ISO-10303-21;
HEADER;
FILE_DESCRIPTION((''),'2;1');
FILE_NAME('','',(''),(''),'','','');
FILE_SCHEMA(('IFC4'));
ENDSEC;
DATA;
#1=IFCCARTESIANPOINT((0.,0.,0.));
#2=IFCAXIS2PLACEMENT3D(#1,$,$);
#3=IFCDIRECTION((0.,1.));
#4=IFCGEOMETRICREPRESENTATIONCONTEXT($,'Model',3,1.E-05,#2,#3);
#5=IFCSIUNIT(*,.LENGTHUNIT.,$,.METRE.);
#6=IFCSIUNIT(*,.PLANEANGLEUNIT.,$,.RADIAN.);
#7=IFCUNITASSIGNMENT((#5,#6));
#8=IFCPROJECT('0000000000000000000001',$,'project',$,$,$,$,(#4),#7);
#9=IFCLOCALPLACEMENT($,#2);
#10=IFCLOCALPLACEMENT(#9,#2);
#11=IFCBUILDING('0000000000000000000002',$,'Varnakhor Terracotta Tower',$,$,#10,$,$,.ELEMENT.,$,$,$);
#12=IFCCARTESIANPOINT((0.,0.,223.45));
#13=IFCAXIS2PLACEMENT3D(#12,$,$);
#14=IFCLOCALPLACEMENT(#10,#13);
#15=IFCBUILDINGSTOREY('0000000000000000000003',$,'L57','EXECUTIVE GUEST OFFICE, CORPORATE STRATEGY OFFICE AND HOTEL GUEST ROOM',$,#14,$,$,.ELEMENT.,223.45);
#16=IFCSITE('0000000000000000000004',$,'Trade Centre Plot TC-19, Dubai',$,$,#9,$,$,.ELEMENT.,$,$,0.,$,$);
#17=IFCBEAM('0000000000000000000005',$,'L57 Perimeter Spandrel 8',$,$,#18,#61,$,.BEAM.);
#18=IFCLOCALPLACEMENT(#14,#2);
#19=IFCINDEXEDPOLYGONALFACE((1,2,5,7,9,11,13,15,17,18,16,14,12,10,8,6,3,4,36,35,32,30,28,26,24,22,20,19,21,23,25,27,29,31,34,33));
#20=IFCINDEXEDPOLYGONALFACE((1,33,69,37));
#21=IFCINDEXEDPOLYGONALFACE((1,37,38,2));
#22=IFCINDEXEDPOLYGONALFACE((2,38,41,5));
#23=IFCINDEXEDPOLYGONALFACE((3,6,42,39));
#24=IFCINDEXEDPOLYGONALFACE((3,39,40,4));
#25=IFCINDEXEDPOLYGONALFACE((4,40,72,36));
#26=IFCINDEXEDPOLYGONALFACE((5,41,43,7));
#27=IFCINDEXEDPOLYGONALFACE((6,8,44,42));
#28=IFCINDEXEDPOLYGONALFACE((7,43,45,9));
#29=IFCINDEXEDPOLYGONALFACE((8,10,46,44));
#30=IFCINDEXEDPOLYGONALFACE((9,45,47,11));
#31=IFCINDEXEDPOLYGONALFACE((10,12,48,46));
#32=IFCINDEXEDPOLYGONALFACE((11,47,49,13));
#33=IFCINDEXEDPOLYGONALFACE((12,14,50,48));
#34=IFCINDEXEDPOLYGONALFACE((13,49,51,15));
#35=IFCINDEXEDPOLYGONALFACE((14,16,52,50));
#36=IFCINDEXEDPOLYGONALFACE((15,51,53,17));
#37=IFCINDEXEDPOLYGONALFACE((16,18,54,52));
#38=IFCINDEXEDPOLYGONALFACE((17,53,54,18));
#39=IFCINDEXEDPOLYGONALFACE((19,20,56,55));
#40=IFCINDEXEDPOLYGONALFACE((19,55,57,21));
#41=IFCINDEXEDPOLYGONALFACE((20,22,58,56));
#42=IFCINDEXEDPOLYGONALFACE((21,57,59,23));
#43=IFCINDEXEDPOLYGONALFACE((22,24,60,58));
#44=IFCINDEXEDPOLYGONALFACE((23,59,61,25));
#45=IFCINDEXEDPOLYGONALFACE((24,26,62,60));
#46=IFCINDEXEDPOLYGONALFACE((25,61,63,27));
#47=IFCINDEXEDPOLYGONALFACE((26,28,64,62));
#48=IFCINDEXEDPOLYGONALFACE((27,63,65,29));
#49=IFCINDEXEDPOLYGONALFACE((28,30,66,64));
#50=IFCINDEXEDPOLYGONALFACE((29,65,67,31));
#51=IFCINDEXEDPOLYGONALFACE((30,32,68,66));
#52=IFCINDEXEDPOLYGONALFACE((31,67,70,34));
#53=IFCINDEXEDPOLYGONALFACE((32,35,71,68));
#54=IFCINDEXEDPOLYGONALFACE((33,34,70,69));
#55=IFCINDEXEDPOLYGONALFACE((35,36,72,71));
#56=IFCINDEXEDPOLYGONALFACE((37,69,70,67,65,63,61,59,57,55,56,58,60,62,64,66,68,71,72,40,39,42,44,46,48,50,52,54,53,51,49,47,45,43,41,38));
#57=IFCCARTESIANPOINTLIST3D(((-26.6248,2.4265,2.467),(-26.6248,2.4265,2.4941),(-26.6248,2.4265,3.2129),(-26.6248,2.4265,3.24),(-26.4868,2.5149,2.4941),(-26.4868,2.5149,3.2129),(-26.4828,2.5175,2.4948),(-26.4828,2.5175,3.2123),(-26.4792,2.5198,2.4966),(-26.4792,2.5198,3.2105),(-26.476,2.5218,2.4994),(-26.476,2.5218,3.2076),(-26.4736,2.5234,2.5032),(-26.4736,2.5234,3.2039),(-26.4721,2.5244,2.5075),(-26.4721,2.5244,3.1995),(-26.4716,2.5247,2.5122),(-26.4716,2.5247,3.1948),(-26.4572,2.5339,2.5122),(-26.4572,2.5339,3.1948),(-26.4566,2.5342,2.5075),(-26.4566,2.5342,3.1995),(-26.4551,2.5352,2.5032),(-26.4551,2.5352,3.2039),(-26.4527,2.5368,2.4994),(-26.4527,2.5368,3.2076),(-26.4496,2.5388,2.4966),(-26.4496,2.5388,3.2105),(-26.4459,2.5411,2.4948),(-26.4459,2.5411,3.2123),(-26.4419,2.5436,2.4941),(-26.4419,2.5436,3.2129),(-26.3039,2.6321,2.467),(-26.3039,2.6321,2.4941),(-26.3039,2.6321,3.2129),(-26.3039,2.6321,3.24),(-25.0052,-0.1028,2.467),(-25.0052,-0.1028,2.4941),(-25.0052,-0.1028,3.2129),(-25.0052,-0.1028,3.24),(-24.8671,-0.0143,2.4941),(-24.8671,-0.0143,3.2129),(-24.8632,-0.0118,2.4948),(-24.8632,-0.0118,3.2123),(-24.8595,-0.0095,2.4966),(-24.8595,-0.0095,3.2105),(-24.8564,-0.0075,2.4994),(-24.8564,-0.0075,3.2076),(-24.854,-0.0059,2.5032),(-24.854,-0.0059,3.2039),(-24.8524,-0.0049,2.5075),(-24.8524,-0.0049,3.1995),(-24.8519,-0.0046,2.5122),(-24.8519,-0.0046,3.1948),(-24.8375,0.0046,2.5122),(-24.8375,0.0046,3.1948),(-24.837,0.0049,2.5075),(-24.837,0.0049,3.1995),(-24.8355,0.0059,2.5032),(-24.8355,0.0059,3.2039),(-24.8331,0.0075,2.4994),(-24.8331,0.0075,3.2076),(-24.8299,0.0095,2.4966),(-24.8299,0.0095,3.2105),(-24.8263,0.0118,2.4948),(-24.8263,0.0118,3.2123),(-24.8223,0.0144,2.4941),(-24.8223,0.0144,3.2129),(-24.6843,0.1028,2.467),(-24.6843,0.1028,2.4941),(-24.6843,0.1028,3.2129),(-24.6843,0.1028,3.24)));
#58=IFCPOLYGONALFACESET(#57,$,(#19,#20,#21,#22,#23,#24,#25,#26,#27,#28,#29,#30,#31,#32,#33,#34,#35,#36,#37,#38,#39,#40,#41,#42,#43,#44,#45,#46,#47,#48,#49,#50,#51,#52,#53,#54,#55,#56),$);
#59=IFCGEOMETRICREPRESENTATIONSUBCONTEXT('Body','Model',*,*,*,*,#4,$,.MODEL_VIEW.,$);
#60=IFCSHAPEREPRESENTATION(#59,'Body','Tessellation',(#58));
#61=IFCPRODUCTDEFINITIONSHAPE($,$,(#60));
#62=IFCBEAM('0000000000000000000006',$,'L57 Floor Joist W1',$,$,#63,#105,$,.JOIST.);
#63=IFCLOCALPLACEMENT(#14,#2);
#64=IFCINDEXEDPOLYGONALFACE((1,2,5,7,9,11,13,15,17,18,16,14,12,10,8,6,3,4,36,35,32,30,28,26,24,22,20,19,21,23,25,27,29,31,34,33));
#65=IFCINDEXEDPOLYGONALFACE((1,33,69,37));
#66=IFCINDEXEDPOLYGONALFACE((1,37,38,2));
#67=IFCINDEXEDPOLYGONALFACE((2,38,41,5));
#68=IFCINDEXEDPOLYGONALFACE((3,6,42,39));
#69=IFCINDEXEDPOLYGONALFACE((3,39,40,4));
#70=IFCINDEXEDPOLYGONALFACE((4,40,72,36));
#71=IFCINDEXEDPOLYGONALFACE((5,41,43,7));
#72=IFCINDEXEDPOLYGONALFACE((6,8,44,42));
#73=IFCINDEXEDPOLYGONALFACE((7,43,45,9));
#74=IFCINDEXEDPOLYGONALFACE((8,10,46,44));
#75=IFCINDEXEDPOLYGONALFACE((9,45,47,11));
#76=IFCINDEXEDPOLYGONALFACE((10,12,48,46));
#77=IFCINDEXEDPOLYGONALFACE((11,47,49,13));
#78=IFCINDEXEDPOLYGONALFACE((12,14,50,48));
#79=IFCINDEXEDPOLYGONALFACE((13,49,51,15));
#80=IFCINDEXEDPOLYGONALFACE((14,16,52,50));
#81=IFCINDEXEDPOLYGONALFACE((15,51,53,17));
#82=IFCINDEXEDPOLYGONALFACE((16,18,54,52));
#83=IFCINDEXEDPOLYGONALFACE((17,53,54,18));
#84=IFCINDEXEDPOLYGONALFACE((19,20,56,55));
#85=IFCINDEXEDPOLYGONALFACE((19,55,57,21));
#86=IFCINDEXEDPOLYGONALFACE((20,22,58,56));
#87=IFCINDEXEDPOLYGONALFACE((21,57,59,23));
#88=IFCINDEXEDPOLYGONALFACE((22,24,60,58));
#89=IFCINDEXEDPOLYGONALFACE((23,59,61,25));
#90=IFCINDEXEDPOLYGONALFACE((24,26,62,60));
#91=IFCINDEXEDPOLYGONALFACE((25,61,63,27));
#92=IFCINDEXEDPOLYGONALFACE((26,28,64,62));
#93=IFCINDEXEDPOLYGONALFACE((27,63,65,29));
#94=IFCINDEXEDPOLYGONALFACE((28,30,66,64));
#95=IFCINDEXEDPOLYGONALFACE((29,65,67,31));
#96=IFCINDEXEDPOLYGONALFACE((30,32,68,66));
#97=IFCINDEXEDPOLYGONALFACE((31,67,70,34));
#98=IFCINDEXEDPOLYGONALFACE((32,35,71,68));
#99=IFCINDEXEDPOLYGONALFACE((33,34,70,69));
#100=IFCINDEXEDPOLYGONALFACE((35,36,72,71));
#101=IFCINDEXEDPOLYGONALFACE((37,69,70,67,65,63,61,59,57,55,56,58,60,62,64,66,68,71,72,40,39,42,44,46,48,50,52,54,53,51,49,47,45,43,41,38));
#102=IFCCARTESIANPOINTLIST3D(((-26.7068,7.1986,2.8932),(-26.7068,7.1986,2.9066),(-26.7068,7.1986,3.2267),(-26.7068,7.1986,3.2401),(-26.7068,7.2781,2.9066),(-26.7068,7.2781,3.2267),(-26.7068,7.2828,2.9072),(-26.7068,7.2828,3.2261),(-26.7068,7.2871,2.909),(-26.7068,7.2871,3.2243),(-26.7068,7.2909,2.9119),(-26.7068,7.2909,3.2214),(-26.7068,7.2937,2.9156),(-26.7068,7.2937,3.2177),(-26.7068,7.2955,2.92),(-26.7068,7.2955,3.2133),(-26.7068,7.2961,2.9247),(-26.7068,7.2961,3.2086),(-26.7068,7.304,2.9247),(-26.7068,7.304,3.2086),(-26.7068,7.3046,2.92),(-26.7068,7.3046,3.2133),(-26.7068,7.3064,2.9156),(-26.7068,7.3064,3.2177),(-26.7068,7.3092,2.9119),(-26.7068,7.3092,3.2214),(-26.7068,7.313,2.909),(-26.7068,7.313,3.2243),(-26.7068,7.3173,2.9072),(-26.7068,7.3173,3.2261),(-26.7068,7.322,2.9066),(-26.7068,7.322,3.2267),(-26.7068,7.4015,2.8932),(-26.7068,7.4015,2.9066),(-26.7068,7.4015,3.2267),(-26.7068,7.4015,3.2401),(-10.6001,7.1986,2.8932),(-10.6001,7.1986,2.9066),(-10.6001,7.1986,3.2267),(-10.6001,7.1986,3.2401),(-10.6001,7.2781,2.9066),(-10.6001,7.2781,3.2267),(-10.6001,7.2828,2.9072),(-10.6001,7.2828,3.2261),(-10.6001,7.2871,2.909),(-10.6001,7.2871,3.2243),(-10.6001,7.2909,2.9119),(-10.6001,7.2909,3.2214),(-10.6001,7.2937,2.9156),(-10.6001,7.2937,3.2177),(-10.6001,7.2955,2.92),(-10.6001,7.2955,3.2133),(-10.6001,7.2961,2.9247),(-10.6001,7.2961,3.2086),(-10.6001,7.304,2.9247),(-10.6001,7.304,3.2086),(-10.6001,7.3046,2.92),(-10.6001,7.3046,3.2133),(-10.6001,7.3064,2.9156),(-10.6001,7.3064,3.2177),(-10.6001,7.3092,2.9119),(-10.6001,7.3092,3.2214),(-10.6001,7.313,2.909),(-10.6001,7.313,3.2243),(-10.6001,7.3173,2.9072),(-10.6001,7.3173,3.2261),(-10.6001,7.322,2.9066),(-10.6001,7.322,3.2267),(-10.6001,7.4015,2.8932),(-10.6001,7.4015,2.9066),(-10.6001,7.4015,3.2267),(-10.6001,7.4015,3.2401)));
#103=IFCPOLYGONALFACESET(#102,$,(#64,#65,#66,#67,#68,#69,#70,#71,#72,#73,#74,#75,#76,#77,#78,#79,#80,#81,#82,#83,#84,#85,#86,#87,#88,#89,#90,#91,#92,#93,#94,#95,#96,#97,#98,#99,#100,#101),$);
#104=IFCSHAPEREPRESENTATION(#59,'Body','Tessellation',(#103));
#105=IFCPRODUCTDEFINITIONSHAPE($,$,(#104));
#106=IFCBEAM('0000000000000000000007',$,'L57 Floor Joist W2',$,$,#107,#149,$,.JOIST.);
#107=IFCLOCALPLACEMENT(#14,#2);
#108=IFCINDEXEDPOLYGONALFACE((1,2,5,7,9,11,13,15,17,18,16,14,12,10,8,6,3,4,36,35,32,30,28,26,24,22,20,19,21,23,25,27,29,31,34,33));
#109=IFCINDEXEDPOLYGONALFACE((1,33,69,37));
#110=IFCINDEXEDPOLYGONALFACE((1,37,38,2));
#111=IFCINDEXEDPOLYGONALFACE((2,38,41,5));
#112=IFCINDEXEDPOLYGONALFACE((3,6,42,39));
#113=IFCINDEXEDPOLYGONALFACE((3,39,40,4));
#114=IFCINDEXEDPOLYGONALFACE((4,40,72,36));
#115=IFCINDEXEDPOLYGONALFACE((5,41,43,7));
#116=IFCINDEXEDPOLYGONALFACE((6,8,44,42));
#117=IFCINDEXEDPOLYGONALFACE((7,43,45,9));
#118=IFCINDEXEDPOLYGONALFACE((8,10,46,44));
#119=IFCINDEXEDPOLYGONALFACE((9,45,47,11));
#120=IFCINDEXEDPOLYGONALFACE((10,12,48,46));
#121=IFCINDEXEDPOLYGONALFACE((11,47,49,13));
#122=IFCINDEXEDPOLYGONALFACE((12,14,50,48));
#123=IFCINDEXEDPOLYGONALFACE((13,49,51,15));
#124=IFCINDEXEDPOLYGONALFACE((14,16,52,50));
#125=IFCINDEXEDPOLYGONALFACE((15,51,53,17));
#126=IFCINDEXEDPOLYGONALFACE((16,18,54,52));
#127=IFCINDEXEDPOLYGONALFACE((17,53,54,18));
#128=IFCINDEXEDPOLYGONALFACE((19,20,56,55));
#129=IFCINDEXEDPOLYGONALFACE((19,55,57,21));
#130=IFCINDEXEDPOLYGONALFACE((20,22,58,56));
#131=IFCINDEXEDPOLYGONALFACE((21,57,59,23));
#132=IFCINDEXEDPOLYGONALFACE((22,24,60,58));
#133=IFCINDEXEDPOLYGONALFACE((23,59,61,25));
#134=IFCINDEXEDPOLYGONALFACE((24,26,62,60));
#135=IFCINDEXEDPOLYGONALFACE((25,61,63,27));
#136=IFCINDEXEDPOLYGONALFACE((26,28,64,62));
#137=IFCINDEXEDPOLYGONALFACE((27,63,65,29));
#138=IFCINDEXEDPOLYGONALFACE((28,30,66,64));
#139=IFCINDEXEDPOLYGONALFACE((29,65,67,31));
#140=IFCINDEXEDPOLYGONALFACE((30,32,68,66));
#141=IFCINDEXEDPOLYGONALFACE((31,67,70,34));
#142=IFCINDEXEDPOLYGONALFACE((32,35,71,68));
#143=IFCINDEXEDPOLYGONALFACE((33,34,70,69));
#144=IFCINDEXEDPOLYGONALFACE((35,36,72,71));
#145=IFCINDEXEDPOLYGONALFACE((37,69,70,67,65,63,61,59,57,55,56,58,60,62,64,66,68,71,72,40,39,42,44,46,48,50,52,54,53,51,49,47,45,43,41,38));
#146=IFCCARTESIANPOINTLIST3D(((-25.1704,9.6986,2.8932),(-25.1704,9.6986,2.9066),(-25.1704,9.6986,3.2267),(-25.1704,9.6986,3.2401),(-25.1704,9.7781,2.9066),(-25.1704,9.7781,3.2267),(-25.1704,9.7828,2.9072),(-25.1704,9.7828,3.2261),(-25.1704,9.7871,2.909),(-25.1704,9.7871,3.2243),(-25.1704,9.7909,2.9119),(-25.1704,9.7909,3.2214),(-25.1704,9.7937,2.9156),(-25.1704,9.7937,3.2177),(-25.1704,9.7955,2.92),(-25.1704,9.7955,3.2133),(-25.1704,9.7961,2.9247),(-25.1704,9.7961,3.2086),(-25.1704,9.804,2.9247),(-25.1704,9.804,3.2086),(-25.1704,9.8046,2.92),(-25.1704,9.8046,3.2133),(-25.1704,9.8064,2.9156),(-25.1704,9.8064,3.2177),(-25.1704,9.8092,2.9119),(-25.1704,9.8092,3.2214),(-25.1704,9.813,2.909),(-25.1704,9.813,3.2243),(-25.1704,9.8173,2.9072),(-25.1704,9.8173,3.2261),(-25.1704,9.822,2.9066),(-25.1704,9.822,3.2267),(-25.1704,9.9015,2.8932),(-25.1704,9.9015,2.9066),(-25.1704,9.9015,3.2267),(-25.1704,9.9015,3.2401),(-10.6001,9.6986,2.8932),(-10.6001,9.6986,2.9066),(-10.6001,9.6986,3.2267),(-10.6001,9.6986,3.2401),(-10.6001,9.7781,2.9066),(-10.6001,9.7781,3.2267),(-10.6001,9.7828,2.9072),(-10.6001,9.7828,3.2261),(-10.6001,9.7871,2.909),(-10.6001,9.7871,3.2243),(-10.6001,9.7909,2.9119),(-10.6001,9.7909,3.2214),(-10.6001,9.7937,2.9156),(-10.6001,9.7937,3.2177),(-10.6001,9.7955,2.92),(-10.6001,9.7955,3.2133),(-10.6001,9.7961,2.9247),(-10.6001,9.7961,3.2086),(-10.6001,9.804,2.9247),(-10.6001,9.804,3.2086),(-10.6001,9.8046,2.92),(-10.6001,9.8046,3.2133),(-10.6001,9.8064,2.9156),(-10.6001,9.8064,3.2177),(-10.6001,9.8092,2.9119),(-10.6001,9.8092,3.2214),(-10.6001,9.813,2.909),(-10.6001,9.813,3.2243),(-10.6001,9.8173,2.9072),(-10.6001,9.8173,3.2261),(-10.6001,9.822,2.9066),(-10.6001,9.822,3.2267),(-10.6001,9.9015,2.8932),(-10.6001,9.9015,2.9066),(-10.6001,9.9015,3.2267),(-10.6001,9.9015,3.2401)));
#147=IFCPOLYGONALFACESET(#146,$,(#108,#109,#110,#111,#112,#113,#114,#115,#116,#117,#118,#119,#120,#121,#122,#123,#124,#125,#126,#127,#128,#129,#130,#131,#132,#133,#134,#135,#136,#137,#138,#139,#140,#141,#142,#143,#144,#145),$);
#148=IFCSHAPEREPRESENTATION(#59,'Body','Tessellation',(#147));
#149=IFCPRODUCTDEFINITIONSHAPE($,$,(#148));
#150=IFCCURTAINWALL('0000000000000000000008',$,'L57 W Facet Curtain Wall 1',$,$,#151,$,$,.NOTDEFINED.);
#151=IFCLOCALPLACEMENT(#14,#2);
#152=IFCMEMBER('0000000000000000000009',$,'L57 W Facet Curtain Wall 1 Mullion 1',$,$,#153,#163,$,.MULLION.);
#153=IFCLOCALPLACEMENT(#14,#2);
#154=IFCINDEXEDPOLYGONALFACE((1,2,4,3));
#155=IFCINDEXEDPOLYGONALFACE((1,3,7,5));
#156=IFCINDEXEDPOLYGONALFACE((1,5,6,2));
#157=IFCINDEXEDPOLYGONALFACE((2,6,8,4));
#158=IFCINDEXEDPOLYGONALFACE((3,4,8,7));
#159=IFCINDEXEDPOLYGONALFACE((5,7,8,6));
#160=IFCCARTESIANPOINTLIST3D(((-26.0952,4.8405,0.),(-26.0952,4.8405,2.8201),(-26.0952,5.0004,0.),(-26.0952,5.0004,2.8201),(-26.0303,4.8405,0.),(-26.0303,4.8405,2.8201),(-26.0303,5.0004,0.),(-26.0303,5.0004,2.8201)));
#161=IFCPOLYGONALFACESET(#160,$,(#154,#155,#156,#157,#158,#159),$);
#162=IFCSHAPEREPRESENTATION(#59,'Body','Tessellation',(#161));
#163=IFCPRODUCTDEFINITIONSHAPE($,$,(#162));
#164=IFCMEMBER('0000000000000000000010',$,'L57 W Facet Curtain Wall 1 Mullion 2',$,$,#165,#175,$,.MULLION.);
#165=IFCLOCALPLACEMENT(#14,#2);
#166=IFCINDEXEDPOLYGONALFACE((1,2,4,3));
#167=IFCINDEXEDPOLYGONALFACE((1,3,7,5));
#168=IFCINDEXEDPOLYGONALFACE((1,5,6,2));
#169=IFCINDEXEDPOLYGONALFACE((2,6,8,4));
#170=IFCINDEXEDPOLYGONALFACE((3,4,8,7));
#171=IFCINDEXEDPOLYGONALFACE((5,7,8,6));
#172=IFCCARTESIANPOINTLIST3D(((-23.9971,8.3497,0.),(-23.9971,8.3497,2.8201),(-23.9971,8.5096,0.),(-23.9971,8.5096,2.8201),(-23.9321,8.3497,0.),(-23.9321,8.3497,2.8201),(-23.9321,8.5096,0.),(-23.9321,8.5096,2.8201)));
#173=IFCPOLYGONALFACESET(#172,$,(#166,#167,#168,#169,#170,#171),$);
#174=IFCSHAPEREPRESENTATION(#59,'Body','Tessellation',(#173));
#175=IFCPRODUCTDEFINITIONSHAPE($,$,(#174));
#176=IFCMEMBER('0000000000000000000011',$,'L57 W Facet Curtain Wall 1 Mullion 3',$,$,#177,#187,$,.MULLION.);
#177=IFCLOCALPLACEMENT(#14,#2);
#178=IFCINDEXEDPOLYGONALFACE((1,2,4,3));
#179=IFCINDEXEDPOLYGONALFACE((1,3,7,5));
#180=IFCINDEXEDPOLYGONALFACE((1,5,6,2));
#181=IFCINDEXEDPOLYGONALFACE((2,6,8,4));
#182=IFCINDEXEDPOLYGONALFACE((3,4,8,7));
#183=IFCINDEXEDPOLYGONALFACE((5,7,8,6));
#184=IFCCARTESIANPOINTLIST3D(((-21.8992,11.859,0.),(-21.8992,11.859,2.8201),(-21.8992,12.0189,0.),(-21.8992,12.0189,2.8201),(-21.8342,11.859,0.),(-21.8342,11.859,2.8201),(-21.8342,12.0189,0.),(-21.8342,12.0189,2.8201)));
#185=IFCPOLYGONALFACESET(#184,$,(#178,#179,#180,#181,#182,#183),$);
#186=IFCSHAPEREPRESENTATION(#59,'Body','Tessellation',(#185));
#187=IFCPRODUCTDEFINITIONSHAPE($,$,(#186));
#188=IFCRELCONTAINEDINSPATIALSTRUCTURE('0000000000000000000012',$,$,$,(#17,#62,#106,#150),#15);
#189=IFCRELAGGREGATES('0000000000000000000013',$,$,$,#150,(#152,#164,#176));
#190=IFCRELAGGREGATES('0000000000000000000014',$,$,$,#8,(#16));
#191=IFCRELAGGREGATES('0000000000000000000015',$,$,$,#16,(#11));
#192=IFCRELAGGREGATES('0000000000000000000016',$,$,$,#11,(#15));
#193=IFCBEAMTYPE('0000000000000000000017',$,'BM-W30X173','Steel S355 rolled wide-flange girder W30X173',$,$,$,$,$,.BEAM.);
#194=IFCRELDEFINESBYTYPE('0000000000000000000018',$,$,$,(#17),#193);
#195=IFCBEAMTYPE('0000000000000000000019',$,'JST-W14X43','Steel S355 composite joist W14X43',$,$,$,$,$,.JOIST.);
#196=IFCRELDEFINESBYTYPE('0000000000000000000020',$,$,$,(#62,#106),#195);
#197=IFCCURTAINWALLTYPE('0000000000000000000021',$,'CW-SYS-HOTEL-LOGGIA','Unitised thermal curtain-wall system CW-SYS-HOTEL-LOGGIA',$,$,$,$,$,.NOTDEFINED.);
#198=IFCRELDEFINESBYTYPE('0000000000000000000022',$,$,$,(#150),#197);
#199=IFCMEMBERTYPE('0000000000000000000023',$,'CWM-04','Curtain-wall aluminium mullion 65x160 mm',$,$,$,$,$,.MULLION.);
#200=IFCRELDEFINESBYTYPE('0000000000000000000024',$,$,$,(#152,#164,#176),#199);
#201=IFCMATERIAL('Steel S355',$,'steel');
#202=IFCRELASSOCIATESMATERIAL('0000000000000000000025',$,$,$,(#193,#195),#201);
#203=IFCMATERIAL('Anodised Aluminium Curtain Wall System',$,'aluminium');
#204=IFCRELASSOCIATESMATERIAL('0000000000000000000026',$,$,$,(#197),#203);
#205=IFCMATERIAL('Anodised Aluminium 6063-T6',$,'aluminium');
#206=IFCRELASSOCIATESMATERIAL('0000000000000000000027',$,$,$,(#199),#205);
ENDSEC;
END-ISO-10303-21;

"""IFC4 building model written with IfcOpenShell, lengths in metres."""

from ifc_helpers import new_model, si_unit, direction, frame, origin, origin_2d, place, context, subcontext, project, spatial, rectangle, i_section, extrude, source, transform, mapped, material, material_profile, profile_set, type_object, type_shapes, element, aggregate, save


model = new_model("IFC4")

# Units and contexts
model_context = context("Model", 3, precision=1e-05, world=origin(), true_north=direction((0.0, 1.0)))
body_context = subcontext(model_context, "Body", "Model", "MODEL_VIEW")
ifc_project = project(units=[si_unit("LENGTHUNIT", "METRE"), si_unit("PLANEANGLEUNIT", "RADIAN")], contexts=[model_context])

# Site, building, storey
site_placement = place(None, origin())
site = spatial("IfcSite", under=ifc_project, at=site_placement, Name="Trade Centre Plot TC-19, Dubai", CompositionType="ELEMENT", RefElevation=0.0)
building_placement = place(site_placement, origin())
building = spatial("IfcBuilding", under=site, at=building_placement, Name="Varnakhor Terracotta Tower", CompositionType="ELEMENT")
storey_placement = place(building_placement, frame((0.0, 0.0, 223.45)))
storey = spatial("IfcBuildingStorey", under=building, at=storey_placement, Name="L57", Description="EXECUTIVE GUEST OFFICE, CORPORATE STRATEGY OFFICE AND HOTEL GUEST ROOM", CompositionType="ELEMENT", Elevation=223.45)

# Beams
ifc_material_1 = material(Name="Steel S355", Category="steel")
ifc_material_profile_1 = material_profile(ifc_material_1, i_section(OverallWidth=0.3811, OverallDepth=0.7729, WebThickness=0.0171, FlangeThickness=0.0271, FilletRadius=0.0181, at=origin_2d()), Name="W30X173")
ifc_profile_set_1 = profile_set([ifc_material_profile_1], Name="Steel S355")
beam_type_1 = type_object("IfcBeamType", Name="BM-W30X173", Description="Steel S355 rolled wide-flange girder W30X173", PredefinedType="BEAM", material=ifc_profile_set_1)
shared_shape_1 = source(origin(), body_context, "Body", "SweptSolid", [
    extrude(i_section(OverallWidth=0.3811, OverallDepth=0.7729, WebThickness=0.0171, FlangeThickness=0.0271, FilletRadius=0.0181, at=origin_2d()), origin(), (0.0, 0.0, 1.0), 3.0034),
])
beam_1_placement = place(storey_placement, frame((-26.4644, 2.5293, 2.8535), z_axis=(0.539261, -0.842139, 0.0), x_axis=(0.842139, 0.539261, 0.0)))
element("IfcBeam", 1, at=beam_1_placement, inside=storey, type_object=beam_type_1, Name="L57 Perimeter Spandrel 8", PredefinedType="BEAM", context=body_context, shape_type="MappedRepresentation", body=[
    mapped(shared_shape_1, transform((0.0, 0.0, 0.0), scale=1.0)),
])
ifc_material_profile_2 = material_profile(ifc_material_1, i_section(OverallWidth=0.2029, OverallDepth=0.3469, WebThickness=0.0078, FlangeThickness=0.0134, FilletRadius=0.0181, at=origin_2d()), Name="W14X43")
ifc_profile_set_2 = profile_set([ifc_material_profile_2], Name="Steel S355")
beam_type_2 = type_object("IfcBeamType", Name="JST-W14X43", Description="Steel S355 composite joist W14X43", PredefinedType="JOIST", material=ifc_profile_set_2)
shared_shape_2 = source(origin(), body_context, "Body", "SweptSolid", [
    extrude(i_section(OverallWidth=0.2029, OverallDepth=0.3469, WebThickness=0.0078, FlangeThickness=0.0134, FilletRadius=0.0181, at=origin_2d()), origin(), (0.0, 0.0, 1.0), 16.1067),
])
beam_2_placement = place(storey_placement, frame((-26.7068, 7.3, 3.0667), z_axis=(1.0, 0.0, 0.0), x_axis=(0.0, 1.0, 0.0)))
element("IfcBeam", 2, at=beam_2_placement, inside=storey, type_object=beam_type_2, Name="L57 Floor Joist W1", PredefinedType="JOIST", context=body_context, shape_type="MappedRepresentation", body=[
    mapped(shared_shape_2, transform((0.0, 0.0, 0.0), scale=1.0)),
])
shared_shape_3 = source(origin(), body_context, "Body", "SweptSolid", [
    extrude(i_section(OverallWidth=0.2029, OverallDepth=0.3469, WebThickness=0.0078, FlangeThickness=0.0134, FilletRadius=0.0181, at=origin_2d()), origin(), (0.0, 0.0, 1.0), 14.5703),
])
beam_3_placement = place(storey_placement, frame((-25.1704, 9.8, 3.0667), z_axis=(1.0, 0.0, 0.0), x_axis=(0.0, 1.0, 0.0)))
element("IfcBeam", 3, at=beam_3_placement, inside=storey, type_object=beam_type_2, Name="L57 Floor Joist W2", PredefinedType="JOIST", context=body_context, shape_type="MappedRepresentation", body=[
    mapped(shared_shape_3, transform((0.0, 0.0, 0.0), scale=1.0)),
])

# Curtain wall, members
ifc_material_2 = material(Name="Anodised Aluminium Curtain Wall System", Category="aluminium")
curtain_wall_type = type_object("IfcCurtainWallType", Name="CW-SYS-HOTEL-LOGGIA", Description="Unitised thermal curtain-wall system CW-SYS-HOTEL-LOGGIA", PredefinedType="NOTDEFINED", material=ifc_material_2)
curtain_wall_1_placement = place(storey_placement, origin())
curtain_wall_1 = element("IfcCurtainWall", 4, at=curtain_wall_1_placement, inside=storey, type_object=curtain_wall_type, Name="L57 W Facet Curtain Wall 1", PredefinedType="NOTDEFINED")
ifc_material_3 = material(Name="Anodised Aluminium 6063-T6", Category="aluminium")
ifc_material_profile_3 = material_profile(ifc_material_3, rectangle(XDim=0.0649, YDim=0.1599, at=origin_2d()), Name="ALU MULLION 65x160")
ifc_profile_set_3 = profile_set([ifc_material_profile_3], Name="Anodised Aluminium 6063-T6")
member_type_1 = type_object("IfcMemberType", Name="CWM-04", Description="Curtain-wall aluminium mullion 65x160 mm", PredefinedType="MULLION", material=ifc_profile_set_3)
shared_shape_4 = source(origin(), body_context, "Body", "SweptSolid", [
    extrude(rectangle(XDim=0.0649, YDim=0.1599, at=origin_2d()), origin(), (0.0, 0.0, 1.0), 2.8201),
])
type_shapes(member_type_1, [shared_shape_4])
member_1_placement = place(storey_placement, frame((-26.0627, 4.9204, 0.0), z_axis=(0.0, 0.0, 1.0), x_axis=(1.0, 0.0, 0.0)))
member_1 = element("IfcMember", 5, at=member_1_placement, type_object=member_type_1, Name="L57 W Facet Curtain Wall 1 Mullion 1", PredefinedType="MULLION", context=body_context, shape_type="MappedRepresentation", body=[
    mapped(shared_shape_4, transform((0.0, 0.0, 0.0), scale=1.0)),
])
member_2_placement = place(storey_placement, frame((-23.9646, 8.4297, 0.0), z_axis=(0.0, 0.0, 1.0), x_axis=(1.0, 0.0, 0.0)))
member_2 = element("IfcMember", 6, at=member_2_placement, type_object=member_type_1, Name="L57 W Facet Curtain Wall 1 Mullion 2", PredefinedType="MULLION", context=body_context, shape_type="MappedRepresentation", body=[
    mapped(shared_shape_4, transform((0.0, 0.0, 0.0), scale=1.0)),
])
member_3_placement = place(storey_placement, frame((-21.8667, 11.939, 0.0), z_axis=(0.0, 0.0, 1.0), x_axis=(1.0, 0.0, 0.0)))
member_3 = element("IfcMember", 7, at=member_3_placement, type_object=member_type_1, Name="L57 W Facet Curtain Wall 1 Mullion 3", PredefinedType="MULLION", context=body_context, shape_type="MappedRepresentation", body=[
    mapped(shared_shape_4, transform((0.0, 0.0, 0.0), scale=1.0)),
])

aggregate(curtain_wall_1, [member_1, member_2, member_3])

save(model, "model.ifc")
